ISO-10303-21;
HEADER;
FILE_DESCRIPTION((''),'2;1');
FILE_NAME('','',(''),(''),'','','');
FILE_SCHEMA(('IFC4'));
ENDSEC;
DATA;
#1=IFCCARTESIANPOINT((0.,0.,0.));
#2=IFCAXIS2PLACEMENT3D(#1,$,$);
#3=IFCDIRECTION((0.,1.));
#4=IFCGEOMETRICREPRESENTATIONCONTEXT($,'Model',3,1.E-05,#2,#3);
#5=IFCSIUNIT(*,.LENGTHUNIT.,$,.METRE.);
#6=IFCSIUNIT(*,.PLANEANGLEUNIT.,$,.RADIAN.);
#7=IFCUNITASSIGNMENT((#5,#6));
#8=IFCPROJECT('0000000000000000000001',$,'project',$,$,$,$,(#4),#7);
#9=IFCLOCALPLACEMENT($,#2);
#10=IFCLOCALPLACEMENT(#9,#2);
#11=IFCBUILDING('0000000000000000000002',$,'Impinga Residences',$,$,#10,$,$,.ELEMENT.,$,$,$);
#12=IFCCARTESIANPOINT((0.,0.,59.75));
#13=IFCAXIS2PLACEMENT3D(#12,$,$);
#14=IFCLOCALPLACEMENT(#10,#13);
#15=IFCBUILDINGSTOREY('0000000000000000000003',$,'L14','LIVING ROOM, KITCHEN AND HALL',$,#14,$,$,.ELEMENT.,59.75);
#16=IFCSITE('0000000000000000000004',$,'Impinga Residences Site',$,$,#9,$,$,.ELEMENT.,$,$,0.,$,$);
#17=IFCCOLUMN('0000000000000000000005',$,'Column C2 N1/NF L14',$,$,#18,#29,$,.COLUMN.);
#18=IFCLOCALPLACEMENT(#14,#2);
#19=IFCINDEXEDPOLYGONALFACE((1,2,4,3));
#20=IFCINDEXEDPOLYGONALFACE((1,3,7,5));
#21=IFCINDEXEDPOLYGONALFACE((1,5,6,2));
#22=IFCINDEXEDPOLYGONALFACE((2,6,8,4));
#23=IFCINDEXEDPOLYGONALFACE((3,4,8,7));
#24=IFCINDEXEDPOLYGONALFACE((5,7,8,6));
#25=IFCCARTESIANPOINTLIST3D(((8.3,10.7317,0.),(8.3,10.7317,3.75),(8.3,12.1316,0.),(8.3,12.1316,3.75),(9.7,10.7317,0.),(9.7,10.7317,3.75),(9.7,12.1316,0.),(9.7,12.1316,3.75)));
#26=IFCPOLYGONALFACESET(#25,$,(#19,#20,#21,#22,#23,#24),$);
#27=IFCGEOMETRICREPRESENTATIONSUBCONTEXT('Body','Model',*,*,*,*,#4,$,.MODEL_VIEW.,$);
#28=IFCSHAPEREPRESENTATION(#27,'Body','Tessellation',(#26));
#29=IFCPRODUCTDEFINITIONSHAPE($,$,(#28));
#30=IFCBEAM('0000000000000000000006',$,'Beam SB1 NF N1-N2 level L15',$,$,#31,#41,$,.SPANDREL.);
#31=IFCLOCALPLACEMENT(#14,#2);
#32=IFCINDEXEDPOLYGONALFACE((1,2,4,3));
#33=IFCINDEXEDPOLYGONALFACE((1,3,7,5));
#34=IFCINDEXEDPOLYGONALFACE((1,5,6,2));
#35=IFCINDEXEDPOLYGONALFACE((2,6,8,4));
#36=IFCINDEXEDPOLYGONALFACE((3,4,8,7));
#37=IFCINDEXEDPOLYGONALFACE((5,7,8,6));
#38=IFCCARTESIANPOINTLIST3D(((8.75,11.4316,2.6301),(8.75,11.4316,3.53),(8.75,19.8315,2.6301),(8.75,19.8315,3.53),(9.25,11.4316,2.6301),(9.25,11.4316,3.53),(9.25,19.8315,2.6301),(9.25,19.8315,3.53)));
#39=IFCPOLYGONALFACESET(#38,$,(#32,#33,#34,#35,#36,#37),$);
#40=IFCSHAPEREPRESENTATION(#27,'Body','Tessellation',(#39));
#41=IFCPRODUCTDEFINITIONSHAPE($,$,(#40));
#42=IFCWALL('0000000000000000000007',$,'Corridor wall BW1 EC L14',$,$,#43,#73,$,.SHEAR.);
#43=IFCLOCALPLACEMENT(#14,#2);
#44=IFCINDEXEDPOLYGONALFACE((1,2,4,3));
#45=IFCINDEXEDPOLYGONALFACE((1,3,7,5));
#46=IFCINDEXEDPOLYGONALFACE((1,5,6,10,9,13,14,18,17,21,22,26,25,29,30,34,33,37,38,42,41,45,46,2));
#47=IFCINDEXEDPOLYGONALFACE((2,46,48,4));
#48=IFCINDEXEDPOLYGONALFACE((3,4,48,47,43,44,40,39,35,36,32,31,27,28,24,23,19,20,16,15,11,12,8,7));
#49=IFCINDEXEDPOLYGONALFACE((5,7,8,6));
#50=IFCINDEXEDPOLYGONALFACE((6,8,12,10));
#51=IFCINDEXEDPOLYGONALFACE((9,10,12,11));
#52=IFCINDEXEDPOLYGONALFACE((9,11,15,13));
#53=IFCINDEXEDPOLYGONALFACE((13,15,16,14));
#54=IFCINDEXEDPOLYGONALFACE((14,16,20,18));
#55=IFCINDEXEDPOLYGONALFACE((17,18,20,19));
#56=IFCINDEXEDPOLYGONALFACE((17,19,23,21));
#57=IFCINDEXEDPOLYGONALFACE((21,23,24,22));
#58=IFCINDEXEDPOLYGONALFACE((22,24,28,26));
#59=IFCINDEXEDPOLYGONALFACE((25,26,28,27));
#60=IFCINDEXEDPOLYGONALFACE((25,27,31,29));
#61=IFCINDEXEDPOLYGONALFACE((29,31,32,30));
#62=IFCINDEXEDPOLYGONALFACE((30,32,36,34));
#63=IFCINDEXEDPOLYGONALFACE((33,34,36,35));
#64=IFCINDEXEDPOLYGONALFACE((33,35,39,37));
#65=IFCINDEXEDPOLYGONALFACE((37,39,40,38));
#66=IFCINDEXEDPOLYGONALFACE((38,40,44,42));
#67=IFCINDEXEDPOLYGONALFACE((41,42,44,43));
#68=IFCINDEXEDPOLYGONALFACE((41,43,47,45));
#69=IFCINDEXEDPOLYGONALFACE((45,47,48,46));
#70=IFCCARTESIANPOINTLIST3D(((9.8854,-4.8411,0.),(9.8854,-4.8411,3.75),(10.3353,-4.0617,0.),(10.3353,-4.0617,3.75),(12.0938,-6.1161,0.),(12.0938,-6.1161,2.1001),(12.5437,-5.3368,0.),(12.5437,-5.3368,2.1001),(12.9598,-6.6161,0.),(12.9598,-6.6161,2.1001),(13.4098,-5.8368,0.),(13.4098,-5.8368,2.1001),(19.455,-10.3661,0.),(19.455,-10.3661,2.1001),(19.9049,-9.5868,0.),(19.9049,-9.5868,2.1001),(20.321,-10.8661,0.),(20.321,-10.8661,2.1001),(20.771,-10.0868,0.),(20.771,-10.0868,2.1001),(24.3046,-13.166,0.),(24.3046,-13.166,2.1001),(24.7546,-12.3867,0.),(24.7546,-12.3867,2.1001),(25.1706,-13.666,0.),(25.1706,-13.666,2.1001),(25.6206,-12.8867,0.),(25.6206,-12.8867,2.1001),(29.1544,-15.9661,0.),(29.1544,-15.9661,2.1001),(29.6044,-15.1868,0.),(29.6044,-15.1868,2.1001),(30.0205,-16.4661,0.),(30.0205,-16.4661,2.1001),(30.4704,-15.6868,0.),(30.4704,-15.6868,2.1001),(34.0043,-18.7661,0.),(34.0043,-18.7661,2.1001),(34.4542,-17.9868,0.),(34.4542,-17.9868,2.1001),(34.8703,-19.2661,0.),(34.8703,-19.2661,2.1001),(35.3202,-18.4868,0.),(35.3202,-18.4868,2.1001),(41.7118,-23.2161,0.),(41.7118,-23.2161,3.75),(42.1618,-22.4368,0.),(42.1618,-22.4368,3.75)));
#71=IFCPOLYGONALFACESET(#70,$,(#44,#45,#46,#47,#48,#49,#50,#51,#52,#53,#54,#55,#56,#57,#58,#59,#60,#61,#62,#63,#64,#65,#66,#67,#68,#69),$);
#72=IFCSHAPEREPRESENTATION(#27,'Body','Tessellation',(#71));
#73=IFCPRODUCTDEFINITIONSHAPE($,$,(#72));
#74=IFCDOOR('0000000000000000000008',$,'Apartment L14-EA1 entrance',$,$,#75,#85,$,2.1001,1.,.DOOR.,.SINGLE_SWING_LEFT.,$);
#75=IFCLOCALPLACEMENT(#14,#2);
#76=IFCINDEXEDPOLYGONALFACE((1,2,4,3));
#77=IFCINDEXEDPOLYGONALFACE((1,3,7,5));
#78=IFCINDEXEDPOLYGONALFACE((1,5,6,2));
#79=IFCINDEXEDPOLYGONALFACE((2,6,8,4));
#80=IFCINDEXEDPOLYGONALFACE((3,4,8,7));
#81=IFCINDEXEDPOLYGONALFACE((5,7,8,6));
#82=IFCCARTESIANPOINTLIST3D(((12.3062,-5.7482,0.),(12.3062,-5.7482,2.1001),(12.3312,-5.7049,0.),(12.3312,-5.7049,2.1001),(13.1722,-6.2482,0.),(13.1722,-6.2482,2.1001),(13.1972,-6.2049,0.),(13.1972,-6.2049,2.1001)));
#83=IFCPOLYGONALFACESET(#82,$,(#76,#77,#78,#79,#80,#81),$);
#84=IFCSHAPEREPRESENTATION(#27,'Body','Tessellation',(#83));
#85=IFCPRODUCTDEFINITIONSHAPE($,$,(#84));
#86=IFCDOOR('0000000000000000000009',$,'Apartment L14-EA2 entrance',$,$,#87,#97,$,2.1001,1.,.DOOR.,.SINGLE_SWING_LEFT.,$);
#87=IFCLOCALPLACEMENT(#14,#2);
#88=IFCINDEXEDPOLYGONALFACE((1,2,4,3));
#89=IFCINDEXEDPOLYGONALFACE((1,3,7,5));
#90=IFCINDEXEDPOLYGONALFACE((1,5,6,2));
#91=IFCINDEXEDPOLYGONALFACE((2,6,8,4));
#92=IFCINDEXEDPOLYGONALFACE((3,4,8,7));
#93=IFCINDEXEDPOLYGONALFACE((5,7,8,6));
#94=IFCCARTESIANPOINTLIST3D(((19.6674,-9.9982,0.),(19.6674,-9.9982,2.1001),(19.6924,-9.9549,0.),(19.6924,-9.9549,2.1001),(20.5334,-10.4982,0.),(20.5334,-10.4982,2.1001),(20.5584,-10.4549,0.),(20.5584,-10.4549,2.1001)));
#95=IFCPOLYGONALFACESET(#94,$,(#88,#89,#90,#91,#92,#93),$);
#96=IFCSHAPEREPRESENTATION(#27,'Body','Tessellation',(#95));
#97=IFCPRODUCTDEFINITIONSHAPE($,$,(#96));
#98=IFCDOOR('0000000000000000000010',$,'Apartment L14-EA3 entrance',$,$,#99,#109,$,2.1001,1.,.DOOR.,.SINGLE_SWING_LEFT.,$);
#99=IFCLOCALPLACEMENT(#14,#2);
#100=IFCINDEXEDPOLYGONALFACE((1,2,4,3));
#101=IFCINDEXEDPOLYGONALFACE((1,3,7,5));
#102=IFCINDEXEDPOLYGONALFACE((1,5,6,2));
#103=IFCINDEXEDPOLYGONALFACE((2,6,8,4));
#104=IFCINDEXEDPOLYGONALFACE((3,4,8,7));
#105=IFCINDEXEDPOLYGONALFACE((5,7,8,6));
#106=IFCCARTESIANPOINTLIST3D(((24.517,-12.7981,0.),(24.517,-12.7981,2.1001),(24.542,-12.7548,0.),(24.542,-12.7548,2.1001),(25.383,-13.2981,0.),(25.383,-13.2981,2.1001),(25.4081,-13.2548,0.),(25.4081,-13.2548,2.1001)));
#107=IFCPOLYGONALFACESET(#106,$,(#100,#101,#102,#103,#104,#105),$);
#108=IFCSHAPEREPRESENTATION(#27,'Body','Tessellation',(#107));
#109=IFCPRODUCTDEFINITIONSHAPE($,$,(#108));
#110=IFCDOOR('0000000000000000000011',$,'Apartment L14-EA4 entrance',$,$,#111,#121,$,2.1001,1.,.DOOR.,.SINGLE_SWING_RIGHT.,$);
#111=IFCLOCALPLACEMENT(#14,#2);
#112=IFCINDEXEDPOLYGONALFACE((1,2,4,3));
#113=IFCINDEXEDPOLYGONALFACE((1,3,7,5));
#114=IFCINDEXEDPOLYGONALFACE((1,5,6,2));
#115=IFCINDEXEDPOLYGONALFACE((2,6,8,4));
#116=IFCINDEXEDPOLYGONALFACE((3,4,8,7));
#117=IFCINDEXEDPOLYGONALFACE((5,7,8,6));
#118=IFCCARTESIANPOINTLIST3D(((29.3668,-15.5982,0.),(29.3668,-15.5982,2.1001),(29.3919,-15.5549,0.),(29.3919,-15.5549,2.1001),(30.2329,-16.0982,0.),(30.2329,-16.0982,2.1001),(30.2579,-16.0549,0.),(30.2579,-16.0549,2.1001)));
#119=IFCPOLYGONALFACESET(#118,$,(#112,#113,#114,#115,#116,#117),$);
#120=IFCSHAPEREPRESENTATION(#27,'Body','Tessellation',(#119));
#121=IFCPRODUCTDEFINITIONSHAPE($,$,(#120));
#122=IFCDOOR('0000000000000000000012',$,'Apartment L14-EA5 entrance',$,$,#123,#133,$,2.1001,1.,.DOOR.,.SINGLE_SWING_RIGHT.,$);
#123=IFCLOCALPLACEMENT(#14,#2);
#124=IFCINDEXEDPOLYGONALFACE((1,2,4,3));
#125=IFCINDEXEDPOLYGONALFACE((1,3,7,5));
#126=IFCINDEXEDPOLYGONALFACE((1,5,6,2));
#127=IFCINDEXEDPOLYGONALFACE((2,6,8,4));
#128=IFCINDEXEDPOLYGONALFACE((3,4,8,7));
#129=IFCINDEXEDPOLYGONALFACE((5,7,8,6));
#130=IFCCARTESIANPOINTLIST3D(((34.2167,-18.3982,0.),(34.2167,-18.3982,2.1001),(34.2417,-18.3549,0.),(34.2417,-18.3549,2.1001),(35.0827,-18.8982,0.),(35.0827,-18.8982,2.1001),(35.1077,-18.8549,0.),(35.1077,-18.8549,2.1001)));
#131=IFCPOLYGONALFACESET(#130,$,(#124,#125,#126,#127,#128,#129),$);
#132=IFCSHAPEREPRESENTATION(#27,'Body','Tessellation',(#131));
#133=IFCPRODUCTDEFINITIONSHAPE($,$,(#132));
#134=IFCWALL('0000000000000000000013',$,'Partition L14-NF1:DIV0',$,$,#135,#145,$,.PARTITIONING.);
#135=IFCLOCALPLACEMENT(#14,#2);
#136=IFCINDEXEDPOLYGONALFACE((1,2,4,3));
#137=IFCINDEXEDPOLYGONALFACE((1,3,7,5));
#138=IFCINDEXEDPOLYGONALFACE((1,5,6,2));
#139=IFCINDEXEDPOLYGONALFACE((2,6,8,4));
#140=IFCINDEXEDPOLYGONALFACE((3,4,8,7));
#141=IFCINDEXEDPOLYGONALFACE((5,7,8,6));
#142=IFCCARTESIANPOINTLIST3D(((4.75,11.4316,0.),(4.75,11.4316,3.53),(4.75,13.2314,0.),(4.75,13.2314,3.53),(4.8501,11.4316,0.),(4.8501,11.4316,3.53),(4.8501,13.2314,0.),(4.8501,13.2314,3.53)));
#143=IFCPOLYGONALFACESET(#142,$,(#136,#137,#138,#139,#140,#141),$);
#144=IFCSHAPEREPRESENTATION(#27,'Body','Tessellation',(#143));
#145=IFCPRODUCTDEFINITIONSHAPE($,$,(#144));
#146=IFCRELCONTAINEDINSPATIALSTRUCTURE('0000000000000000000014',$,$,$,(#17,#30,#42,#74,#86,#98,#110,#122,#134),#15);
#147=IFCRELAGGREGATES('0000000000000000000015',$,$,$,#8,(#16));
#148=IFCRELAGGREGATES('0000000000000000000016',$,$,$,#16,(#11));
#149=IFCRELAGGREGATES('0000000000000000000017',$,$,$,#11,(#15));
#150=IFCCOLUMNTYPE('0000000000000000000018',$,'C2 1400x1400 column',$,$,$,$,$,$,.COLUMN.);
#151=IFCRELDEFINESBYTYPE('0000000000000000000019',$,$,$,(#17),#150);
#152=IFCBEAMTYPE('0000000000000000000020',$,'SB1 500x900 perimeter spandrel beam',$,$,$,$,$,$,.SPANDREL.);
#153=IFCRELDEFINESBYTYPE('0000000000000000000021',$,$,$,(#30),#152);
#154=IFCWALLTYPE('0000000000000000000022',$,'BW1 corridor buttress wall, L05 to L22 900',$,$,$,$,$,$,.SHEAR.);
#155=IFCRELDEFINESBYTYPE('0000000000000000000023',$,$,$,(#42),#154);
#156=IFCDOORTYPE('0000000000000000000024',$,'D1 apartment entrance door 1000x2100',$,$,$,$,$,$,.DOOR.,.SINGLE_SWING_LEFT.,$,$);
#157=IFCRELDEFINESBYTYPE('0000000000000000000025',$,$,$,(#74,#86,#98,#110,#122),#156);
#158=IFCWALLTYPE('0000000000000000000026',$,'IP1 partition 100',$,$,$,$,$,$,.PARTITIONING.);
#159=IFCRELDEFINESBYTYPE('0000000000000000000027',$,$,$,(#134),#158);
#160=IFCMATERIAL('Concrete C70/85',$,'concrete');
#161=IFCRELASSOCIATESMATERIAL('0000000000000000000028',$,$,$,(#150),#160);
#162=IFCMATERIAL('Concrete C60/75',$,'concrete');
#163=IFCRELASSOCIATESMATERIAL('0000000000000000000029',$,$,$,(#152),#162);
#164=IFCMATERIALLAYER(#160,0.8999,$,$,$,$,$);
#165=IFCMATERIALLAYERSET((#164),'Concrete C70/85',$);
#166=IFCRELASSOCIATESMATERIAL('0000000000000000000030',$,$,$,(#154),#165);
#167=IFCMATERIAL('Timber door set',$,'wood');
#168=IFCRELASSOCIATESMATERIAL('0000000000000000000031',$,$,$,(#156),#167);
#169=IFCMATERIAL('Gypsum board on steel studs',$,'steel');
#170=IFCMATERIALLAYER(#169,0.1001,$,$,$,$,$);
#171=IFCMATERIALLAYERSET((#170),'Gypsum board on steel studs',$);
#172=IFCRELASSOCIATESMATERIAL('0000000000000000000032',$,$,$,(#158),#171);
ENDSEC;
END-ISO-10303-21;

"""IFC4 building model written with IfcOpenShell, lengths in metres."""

from ifc_helpers import new_model, si_unit, direction, frame, frame_2d, origin, origin_2d, place, context, subcontext, project, spatial, rectangle, extrude, material, layer, layer_set, material_profile, profile_set, type_object, element, fill, save


model = new_model("IFC4")

# Units and contexts
model_context = context("Model", 3, precision=1e-05, world=origin(), true_north=direction((0.0, 1.0)))
body_context = subcontext(model_context, "Body", "Model", "MODEL_VIEW")
ifc_project = project(units=[si_unit("LENGTHUNIT", "METRE"), si_unit("PLANEANGLEUNIT", "RADIAN")], contexts=[model_context])

# Site, building, storey
site_placement = place(None, origin())
site = spatial("IfcSite", under=ifc_project, at=site_placement, Name="Impinga Residences Site", CompositionType="ELEMENT", RefElevation=0.0)
building_placement = place(site_placement, origin())
building = spatial("IfcBuilding", under=site, at=building_placement, Name="Impinga Residences", CompositionType="ELEMENT")
storey_placement = place(building_placement, frame((0.0, 0.0, 59.75)))
storey = spatial("IfcBuildingStorey", under=building, at=storey_placement, Name="L14", Description="LIVING ROOM, KITCHEN AND HALL", CompositionType="ELEMENT", Elevation=59.75)

# Column
ifc_material_1 = material(Name="Concrete C70/85", Category="concrete")
ifc_material_profile_1 = material_profile(ifc_material_1, rectangle(XDim=1.3999, YDim=1.3999, at=origin_2d()), Name="RC 1400x1400")
ifc_profile_set_1 = profile_set([ifc_material_profile_1], Name="Concrete C70/85")
column_type = type_object("IfcColumnType", Name="C2 1400x1400 column", PredefinedType="COLUMN", material=ifc_profile_set_1)
column_placement = place(storey_placement, frame((9.0, 11.4316, 0.0), z_axis=(0.0, 0.0, 1.0), x_axis=(1.0, 0.0, 0.0)))
element("IfcColumn", 1, at=column_placement, inside=storey, type_object=column_type, Name="Column C2 N1/NF L14", PredefinedType="COLUMN", context=body_context, shape_type="SweptSolid", body=[
    extrude(rectangle(XDim=1.3999, YDim=1.3999, at=origin_2d()), origin(), (0.0, 0.0, 1.0), 3.75),
])

# Beam
ifc_material_2 = material(Name="Concrete C60/75", Category="concrete")
ifc_material_profile_2 = material_profile(ifc_material_2, rectangle(XDim=0.5, YDim=0.8999, at=origin_2d()), Name="RC 500x900")
ifc_profile_set_2 = profile_set([ifc_material_profile_2], Name="Concrete C60/75")
beam_type = type_object("IfcBeamType", Name="SB1 500x900 perimeter spandrel beam", PredefinedType="SPANDREL", material=ifc_profile_set_2)
beam_placement = place(storey_placement, frame((9.0, 11.4316, 3.0801), z_axis=(0.0, 1.0, 0.0), x_axis=(-1.0, 0.0, 0.0)))
element("IfcBeam", 2, at=beam_placement, inside=storey, type_object=beam_type, Name="Beam SB1 NF N1-N2 level L15", PredefinedType="SPANDREL", context=body_context, shape_type="SweptSolid", body=[
    extrude(rectangle(XDim=0.5, YDim=0.8999, at=origin_2d()), origin(), (0.0, 0.0, 1.0), 8.3999),
])

# Wall, openings, doors
ifc_layer_1 = layer(ifc_material_1, 0.8999)
ifc_layer_set_1 = layer_set([ifc_layer_1], Name="Concrete C70/85")
wall_type_1 = type_object("IfcWallType", Name="BW1 corridor buttress wall, L05 to L22 900", PredefinedType="SHEAR", material=ifc_layer_set_1)
wall_1_placement = place(storey_placement, frame((10.1104, -4.4514, 0.0), z_axis=(0.0, 0.0, 1.0), x_axis=(0.866025, -0.5, 0.0)))
wall_1 = element("IfcWall", 3, at=wall_1_placement, inside=storey, type_object=wall_type_1, Name="Corridor wall BW1 EC L14", PredefinedType="SHEAR", context=body_context, shape_type="SweptSolid", body=[
    extrude(rectangle(XDim=36.75, YDim=0.8999, at=frame_2d((18.375, 0.0))), origin(), (0.0, 0.0, 1.0), 3.75),
])
opening_1_placement = place(wall_1_placement, frame((2.55, 0.0, 0.0)))
opening_1 = element("IfcOpeningElement", 4, at=opening_1_placement, cuts=wall_1, PredefinedType="OPENING", context=body_context, shape_type="SweptSolid", body=[
    extrude(rectangle(XDim=1.0, YDim=2.1001, at=frame_2d((0.5, 1.05))), frame((0.0, 0.46, 0.0), z_axis=(0.0, -1.0, 0.0), x_axis=(1.0, 0.0, 0.0)), (0.0, 0.0, 1.0), 0.9199),
])
opening_2_placement = place(wall_1_placement, frame((11.05, 0.0, 0.0)))
opening_2 = element("IfcOpeningElement", 5, at=opening_2_placement, cuts=wall_1, PredefinedType="OPENING", context=body_context, shape_type="SweptSolid", body=[
    extrude(rectangle(XDim=1.0, YDim=2.1001, at=frame_2d((0.5, 1.05))), frame((0.0, 0.46, 0.0), z_axis=(0.0, -1.0, 0.0), x_axis=(1.0, 0.0, 0.0)), (0.0, 0.0, 1.0), 0.9199),
])
opening_3_placement = place(wall_1_placement, frame((16.6499, 0.0, 0.0)))
opening_3 = element("IfcOpeningElement", 6, at=opening_3_placement, cuts=wall_1, PredefinedType="OPENING", context=body_context, shape_type="SweptSolid", body=[
    extrude(rectangle(XDim=1.0, YDim=2.1001, at=frame_2d((0.5, 1.05))), frame((0.0, 0.46, 0.0), z_axis=(0.0, -1.0, 0.0), x_axis=(1.0, 0.0, 0.0)), (0.0, 0.0, 1.0), 0.9199),
])
opening_4_placement = place(wall_1_placement, frame((22.25, 0.0, 0.0)))
opening_4 = element("IfcOpeningElement", 7, at=opening_4_placement, cuts=wall_1, PredefinedType="OPENING", context=body_context, shape_type="SweptSolid", body=[
    extrude(rectangle(XDim=1.0, YDim=2.1001, at=frame_2d((0.5, 1.05))), frame((0.0, 0.46, 0.0), z_axis=(0.0, -1.0, 0.0), x_axis=(1.0, 0.0, 0.0)), (0.0, 0.0, 1.0), 0.9199),
])
opening_5_placement = place(wall_1_placement, frame((27.8501, 0.0, 0.0)))
opening_5 = element("IfcOpeningElement", 8, at=opening_5_placement, cuts=wall_1, PredefinedType="OPENING", context=body_context, shape_type="SweptSolid", body=[
    extrude(rectangle(XDim=1.0, YDim=2.1001, at=frame_2d((0.5, 1.05))), frame((0.0, 0.46, 0.0), z_axis=(0.0, -1.0, 0.0), x_axis=(1.0, 0.0, 0.0)), (0.0, 0.0, 1.0), 0.9199),
])
ifc_material_3 = material(Name="Timber door set", Category="wood")
door_type_1 = type_object("IfcDoorType", Name="D1 apartment entrance door 1000x2100", OperationType="SINGLE_SWING_LEFT", PredefinedType="DOOR", material=ifc_material_3)
door_1_placement = place(opening_1_placement, origin())
door_1 = element("IfcDoor", 9, at=door_1_placement, inside=storey, type_object=door_type_1, Name="Apartment L14-EA1 entrance", OperationType="SINGLE_SWING_LEFT", OverallHeight=2.1001, OverallWidth=1.0, PredefinedType="DOOR", context=body_context, shape_type="SweptSolid", body=[
    extrude(rectangle(XDim=1.0, YDim=2.1001, at=frame_2d((0.5, 1.05))), frame((0.0, 0.0249, 0.0), z_axis=(0.0, -1.0, 0.0), x_axis=(1.0, 0.0, 0.0)), (0.0, 0.0, 1.0), 0.05),
])
fill(opening_1, door_1)
door_2_placement = place(opening_2_placement, origin())
door_2 = element("IfcDoor", 10, at=door_2_placement, inside=storey, type_object=door_type_1, Name="Apartment L14-EA2 entrance", OperationType="SINGLE_SWING_LEFT", OverallHeight=2.1001, OverallWidth=1.0, PredefinedType="DOOR", context=body_context, shape_type="SweptSolid", body=[
    extrude(rectangle(XDim=1.0, YDim=2.1001, at=frame_2d((0.5, 1.05))), frame((0.0, 0.0249, 0.0), z_axis=(0.0, -1.0, 0.0), x_axis=(1.0, 0.0, 0.0)), (0.0, 0.0, 1.0), 0.05),
])
fill(opening_2, door_2)
door_3_placement = place(opening_3_placement, origin())
door_3 = element("IfcDoor", 11, at=door_3_placement, inside=storey, type_object=door_type_1, Name="Apartment L14-EA3 entrance", OperationType="SINGLE_SWING_LEFT", OverallHeight=2.1001, OverallWidth=1.0, PredefinedType="DOOR", context=body_context, shape_type="SweptSolid", body=[
    extrude(rectangle(XDim=1.0, YDim=2.1001, at=frame_2d((0.5, 1.05))), frame((0.0, 0.0249, 0.0), z_axis=(0.0, -1.0, 0.0), x_axis=(1.0, 0.0, 0.0)), (0.0, 0.0, 1.0), 0.05),
])
fill(opening_3, door_3)
door_4_placement = place(opening_4_placement, origin())
door_4 = element("IfcDoor", 12, at=door_4_placement, inside=storey, type_object=door_type_1, Name="Apartment L14-EA4 entrance", OperationType="SINGLE_SWING_RIGHT", OverallHeight=2.1001, OverallWidth=1.0, PredefinedType="DOOR", context=body_context, shape_type="SweptSolid", body=[
    extrude(rectangle(XDim=1.0, YDim=2.1001, at=frame_2d((0.5, 1.05))), frame((0.0, 0.0249, 0.0), z_axis=(0.0, -1.0, 0.0), x_axis=(1.0, 0.0, 0.0)), (0.0, 0.0, 1.0), 0.05),
])
fill(opening_4, door_4)
door_5_placement = place(opening_5_placement, origin())
door_5 = element("IfcDoor", 13, at=door_5_placement, inside=storey, type_object=door_type_1, Name="Apartment L14-EA5 entrance", OperationType="SINGLE_SWING_RIGHT", OverallHeight=2.1001, OverallWidth=1.0, PredefinedType="DOOR", context=body_context, shape_type="SweptSolid", body=[
    extrude(rectangle(XDim=1.0, YDim=2.1001, at=frame_2d((0.5, 1.05))), frame((0.0, 0.0249, 0.0), z_axis=(0.0, -1.0, 0.0), x_axis=(1.0, 0.0, 0.0)), (0.0, 0.0, 1.0), 0.05),
])
fill(opening_5, door_5)

# Wall
ifc_material_4 = material(Name="Gypsum board on steel studs", Category="steel")
ifc_layer_2 = layer(ifc_material_4, 0.1001)
ifc_layer_set_2 = layer_set([ifc_layer_2], Name="Gypsum board on steel studs")
wall_type_2 = type_object("IfcWallType", Name="IP1 partition 100", PredefinedType="PARTITIONING", material=ifc_layer_set_2)
wall_2_placement = place(storey_placement, frame((4.8, 11.4316, 0.0), z_axis=(0.0, 0.0, 1.0), x_axis=(0.0, 1.0, 0.0)))
element("IfcWall", 14, at=wall_2_placement, inside=storey, type_object=wall_type_2, Name="Partition L14-NF1:DIV0", PredefinedType="PARTITIONING", context=body_context, shape_type="SweptSolid", body=[
    extrude(rectangle(XDim=1.7998, YDim=0.1001, at=frame_2d((0.8999, 0.0))), origin(), (0.0, 0.0, 1.0), 3.53),
])

save(model, "model.ifc")
